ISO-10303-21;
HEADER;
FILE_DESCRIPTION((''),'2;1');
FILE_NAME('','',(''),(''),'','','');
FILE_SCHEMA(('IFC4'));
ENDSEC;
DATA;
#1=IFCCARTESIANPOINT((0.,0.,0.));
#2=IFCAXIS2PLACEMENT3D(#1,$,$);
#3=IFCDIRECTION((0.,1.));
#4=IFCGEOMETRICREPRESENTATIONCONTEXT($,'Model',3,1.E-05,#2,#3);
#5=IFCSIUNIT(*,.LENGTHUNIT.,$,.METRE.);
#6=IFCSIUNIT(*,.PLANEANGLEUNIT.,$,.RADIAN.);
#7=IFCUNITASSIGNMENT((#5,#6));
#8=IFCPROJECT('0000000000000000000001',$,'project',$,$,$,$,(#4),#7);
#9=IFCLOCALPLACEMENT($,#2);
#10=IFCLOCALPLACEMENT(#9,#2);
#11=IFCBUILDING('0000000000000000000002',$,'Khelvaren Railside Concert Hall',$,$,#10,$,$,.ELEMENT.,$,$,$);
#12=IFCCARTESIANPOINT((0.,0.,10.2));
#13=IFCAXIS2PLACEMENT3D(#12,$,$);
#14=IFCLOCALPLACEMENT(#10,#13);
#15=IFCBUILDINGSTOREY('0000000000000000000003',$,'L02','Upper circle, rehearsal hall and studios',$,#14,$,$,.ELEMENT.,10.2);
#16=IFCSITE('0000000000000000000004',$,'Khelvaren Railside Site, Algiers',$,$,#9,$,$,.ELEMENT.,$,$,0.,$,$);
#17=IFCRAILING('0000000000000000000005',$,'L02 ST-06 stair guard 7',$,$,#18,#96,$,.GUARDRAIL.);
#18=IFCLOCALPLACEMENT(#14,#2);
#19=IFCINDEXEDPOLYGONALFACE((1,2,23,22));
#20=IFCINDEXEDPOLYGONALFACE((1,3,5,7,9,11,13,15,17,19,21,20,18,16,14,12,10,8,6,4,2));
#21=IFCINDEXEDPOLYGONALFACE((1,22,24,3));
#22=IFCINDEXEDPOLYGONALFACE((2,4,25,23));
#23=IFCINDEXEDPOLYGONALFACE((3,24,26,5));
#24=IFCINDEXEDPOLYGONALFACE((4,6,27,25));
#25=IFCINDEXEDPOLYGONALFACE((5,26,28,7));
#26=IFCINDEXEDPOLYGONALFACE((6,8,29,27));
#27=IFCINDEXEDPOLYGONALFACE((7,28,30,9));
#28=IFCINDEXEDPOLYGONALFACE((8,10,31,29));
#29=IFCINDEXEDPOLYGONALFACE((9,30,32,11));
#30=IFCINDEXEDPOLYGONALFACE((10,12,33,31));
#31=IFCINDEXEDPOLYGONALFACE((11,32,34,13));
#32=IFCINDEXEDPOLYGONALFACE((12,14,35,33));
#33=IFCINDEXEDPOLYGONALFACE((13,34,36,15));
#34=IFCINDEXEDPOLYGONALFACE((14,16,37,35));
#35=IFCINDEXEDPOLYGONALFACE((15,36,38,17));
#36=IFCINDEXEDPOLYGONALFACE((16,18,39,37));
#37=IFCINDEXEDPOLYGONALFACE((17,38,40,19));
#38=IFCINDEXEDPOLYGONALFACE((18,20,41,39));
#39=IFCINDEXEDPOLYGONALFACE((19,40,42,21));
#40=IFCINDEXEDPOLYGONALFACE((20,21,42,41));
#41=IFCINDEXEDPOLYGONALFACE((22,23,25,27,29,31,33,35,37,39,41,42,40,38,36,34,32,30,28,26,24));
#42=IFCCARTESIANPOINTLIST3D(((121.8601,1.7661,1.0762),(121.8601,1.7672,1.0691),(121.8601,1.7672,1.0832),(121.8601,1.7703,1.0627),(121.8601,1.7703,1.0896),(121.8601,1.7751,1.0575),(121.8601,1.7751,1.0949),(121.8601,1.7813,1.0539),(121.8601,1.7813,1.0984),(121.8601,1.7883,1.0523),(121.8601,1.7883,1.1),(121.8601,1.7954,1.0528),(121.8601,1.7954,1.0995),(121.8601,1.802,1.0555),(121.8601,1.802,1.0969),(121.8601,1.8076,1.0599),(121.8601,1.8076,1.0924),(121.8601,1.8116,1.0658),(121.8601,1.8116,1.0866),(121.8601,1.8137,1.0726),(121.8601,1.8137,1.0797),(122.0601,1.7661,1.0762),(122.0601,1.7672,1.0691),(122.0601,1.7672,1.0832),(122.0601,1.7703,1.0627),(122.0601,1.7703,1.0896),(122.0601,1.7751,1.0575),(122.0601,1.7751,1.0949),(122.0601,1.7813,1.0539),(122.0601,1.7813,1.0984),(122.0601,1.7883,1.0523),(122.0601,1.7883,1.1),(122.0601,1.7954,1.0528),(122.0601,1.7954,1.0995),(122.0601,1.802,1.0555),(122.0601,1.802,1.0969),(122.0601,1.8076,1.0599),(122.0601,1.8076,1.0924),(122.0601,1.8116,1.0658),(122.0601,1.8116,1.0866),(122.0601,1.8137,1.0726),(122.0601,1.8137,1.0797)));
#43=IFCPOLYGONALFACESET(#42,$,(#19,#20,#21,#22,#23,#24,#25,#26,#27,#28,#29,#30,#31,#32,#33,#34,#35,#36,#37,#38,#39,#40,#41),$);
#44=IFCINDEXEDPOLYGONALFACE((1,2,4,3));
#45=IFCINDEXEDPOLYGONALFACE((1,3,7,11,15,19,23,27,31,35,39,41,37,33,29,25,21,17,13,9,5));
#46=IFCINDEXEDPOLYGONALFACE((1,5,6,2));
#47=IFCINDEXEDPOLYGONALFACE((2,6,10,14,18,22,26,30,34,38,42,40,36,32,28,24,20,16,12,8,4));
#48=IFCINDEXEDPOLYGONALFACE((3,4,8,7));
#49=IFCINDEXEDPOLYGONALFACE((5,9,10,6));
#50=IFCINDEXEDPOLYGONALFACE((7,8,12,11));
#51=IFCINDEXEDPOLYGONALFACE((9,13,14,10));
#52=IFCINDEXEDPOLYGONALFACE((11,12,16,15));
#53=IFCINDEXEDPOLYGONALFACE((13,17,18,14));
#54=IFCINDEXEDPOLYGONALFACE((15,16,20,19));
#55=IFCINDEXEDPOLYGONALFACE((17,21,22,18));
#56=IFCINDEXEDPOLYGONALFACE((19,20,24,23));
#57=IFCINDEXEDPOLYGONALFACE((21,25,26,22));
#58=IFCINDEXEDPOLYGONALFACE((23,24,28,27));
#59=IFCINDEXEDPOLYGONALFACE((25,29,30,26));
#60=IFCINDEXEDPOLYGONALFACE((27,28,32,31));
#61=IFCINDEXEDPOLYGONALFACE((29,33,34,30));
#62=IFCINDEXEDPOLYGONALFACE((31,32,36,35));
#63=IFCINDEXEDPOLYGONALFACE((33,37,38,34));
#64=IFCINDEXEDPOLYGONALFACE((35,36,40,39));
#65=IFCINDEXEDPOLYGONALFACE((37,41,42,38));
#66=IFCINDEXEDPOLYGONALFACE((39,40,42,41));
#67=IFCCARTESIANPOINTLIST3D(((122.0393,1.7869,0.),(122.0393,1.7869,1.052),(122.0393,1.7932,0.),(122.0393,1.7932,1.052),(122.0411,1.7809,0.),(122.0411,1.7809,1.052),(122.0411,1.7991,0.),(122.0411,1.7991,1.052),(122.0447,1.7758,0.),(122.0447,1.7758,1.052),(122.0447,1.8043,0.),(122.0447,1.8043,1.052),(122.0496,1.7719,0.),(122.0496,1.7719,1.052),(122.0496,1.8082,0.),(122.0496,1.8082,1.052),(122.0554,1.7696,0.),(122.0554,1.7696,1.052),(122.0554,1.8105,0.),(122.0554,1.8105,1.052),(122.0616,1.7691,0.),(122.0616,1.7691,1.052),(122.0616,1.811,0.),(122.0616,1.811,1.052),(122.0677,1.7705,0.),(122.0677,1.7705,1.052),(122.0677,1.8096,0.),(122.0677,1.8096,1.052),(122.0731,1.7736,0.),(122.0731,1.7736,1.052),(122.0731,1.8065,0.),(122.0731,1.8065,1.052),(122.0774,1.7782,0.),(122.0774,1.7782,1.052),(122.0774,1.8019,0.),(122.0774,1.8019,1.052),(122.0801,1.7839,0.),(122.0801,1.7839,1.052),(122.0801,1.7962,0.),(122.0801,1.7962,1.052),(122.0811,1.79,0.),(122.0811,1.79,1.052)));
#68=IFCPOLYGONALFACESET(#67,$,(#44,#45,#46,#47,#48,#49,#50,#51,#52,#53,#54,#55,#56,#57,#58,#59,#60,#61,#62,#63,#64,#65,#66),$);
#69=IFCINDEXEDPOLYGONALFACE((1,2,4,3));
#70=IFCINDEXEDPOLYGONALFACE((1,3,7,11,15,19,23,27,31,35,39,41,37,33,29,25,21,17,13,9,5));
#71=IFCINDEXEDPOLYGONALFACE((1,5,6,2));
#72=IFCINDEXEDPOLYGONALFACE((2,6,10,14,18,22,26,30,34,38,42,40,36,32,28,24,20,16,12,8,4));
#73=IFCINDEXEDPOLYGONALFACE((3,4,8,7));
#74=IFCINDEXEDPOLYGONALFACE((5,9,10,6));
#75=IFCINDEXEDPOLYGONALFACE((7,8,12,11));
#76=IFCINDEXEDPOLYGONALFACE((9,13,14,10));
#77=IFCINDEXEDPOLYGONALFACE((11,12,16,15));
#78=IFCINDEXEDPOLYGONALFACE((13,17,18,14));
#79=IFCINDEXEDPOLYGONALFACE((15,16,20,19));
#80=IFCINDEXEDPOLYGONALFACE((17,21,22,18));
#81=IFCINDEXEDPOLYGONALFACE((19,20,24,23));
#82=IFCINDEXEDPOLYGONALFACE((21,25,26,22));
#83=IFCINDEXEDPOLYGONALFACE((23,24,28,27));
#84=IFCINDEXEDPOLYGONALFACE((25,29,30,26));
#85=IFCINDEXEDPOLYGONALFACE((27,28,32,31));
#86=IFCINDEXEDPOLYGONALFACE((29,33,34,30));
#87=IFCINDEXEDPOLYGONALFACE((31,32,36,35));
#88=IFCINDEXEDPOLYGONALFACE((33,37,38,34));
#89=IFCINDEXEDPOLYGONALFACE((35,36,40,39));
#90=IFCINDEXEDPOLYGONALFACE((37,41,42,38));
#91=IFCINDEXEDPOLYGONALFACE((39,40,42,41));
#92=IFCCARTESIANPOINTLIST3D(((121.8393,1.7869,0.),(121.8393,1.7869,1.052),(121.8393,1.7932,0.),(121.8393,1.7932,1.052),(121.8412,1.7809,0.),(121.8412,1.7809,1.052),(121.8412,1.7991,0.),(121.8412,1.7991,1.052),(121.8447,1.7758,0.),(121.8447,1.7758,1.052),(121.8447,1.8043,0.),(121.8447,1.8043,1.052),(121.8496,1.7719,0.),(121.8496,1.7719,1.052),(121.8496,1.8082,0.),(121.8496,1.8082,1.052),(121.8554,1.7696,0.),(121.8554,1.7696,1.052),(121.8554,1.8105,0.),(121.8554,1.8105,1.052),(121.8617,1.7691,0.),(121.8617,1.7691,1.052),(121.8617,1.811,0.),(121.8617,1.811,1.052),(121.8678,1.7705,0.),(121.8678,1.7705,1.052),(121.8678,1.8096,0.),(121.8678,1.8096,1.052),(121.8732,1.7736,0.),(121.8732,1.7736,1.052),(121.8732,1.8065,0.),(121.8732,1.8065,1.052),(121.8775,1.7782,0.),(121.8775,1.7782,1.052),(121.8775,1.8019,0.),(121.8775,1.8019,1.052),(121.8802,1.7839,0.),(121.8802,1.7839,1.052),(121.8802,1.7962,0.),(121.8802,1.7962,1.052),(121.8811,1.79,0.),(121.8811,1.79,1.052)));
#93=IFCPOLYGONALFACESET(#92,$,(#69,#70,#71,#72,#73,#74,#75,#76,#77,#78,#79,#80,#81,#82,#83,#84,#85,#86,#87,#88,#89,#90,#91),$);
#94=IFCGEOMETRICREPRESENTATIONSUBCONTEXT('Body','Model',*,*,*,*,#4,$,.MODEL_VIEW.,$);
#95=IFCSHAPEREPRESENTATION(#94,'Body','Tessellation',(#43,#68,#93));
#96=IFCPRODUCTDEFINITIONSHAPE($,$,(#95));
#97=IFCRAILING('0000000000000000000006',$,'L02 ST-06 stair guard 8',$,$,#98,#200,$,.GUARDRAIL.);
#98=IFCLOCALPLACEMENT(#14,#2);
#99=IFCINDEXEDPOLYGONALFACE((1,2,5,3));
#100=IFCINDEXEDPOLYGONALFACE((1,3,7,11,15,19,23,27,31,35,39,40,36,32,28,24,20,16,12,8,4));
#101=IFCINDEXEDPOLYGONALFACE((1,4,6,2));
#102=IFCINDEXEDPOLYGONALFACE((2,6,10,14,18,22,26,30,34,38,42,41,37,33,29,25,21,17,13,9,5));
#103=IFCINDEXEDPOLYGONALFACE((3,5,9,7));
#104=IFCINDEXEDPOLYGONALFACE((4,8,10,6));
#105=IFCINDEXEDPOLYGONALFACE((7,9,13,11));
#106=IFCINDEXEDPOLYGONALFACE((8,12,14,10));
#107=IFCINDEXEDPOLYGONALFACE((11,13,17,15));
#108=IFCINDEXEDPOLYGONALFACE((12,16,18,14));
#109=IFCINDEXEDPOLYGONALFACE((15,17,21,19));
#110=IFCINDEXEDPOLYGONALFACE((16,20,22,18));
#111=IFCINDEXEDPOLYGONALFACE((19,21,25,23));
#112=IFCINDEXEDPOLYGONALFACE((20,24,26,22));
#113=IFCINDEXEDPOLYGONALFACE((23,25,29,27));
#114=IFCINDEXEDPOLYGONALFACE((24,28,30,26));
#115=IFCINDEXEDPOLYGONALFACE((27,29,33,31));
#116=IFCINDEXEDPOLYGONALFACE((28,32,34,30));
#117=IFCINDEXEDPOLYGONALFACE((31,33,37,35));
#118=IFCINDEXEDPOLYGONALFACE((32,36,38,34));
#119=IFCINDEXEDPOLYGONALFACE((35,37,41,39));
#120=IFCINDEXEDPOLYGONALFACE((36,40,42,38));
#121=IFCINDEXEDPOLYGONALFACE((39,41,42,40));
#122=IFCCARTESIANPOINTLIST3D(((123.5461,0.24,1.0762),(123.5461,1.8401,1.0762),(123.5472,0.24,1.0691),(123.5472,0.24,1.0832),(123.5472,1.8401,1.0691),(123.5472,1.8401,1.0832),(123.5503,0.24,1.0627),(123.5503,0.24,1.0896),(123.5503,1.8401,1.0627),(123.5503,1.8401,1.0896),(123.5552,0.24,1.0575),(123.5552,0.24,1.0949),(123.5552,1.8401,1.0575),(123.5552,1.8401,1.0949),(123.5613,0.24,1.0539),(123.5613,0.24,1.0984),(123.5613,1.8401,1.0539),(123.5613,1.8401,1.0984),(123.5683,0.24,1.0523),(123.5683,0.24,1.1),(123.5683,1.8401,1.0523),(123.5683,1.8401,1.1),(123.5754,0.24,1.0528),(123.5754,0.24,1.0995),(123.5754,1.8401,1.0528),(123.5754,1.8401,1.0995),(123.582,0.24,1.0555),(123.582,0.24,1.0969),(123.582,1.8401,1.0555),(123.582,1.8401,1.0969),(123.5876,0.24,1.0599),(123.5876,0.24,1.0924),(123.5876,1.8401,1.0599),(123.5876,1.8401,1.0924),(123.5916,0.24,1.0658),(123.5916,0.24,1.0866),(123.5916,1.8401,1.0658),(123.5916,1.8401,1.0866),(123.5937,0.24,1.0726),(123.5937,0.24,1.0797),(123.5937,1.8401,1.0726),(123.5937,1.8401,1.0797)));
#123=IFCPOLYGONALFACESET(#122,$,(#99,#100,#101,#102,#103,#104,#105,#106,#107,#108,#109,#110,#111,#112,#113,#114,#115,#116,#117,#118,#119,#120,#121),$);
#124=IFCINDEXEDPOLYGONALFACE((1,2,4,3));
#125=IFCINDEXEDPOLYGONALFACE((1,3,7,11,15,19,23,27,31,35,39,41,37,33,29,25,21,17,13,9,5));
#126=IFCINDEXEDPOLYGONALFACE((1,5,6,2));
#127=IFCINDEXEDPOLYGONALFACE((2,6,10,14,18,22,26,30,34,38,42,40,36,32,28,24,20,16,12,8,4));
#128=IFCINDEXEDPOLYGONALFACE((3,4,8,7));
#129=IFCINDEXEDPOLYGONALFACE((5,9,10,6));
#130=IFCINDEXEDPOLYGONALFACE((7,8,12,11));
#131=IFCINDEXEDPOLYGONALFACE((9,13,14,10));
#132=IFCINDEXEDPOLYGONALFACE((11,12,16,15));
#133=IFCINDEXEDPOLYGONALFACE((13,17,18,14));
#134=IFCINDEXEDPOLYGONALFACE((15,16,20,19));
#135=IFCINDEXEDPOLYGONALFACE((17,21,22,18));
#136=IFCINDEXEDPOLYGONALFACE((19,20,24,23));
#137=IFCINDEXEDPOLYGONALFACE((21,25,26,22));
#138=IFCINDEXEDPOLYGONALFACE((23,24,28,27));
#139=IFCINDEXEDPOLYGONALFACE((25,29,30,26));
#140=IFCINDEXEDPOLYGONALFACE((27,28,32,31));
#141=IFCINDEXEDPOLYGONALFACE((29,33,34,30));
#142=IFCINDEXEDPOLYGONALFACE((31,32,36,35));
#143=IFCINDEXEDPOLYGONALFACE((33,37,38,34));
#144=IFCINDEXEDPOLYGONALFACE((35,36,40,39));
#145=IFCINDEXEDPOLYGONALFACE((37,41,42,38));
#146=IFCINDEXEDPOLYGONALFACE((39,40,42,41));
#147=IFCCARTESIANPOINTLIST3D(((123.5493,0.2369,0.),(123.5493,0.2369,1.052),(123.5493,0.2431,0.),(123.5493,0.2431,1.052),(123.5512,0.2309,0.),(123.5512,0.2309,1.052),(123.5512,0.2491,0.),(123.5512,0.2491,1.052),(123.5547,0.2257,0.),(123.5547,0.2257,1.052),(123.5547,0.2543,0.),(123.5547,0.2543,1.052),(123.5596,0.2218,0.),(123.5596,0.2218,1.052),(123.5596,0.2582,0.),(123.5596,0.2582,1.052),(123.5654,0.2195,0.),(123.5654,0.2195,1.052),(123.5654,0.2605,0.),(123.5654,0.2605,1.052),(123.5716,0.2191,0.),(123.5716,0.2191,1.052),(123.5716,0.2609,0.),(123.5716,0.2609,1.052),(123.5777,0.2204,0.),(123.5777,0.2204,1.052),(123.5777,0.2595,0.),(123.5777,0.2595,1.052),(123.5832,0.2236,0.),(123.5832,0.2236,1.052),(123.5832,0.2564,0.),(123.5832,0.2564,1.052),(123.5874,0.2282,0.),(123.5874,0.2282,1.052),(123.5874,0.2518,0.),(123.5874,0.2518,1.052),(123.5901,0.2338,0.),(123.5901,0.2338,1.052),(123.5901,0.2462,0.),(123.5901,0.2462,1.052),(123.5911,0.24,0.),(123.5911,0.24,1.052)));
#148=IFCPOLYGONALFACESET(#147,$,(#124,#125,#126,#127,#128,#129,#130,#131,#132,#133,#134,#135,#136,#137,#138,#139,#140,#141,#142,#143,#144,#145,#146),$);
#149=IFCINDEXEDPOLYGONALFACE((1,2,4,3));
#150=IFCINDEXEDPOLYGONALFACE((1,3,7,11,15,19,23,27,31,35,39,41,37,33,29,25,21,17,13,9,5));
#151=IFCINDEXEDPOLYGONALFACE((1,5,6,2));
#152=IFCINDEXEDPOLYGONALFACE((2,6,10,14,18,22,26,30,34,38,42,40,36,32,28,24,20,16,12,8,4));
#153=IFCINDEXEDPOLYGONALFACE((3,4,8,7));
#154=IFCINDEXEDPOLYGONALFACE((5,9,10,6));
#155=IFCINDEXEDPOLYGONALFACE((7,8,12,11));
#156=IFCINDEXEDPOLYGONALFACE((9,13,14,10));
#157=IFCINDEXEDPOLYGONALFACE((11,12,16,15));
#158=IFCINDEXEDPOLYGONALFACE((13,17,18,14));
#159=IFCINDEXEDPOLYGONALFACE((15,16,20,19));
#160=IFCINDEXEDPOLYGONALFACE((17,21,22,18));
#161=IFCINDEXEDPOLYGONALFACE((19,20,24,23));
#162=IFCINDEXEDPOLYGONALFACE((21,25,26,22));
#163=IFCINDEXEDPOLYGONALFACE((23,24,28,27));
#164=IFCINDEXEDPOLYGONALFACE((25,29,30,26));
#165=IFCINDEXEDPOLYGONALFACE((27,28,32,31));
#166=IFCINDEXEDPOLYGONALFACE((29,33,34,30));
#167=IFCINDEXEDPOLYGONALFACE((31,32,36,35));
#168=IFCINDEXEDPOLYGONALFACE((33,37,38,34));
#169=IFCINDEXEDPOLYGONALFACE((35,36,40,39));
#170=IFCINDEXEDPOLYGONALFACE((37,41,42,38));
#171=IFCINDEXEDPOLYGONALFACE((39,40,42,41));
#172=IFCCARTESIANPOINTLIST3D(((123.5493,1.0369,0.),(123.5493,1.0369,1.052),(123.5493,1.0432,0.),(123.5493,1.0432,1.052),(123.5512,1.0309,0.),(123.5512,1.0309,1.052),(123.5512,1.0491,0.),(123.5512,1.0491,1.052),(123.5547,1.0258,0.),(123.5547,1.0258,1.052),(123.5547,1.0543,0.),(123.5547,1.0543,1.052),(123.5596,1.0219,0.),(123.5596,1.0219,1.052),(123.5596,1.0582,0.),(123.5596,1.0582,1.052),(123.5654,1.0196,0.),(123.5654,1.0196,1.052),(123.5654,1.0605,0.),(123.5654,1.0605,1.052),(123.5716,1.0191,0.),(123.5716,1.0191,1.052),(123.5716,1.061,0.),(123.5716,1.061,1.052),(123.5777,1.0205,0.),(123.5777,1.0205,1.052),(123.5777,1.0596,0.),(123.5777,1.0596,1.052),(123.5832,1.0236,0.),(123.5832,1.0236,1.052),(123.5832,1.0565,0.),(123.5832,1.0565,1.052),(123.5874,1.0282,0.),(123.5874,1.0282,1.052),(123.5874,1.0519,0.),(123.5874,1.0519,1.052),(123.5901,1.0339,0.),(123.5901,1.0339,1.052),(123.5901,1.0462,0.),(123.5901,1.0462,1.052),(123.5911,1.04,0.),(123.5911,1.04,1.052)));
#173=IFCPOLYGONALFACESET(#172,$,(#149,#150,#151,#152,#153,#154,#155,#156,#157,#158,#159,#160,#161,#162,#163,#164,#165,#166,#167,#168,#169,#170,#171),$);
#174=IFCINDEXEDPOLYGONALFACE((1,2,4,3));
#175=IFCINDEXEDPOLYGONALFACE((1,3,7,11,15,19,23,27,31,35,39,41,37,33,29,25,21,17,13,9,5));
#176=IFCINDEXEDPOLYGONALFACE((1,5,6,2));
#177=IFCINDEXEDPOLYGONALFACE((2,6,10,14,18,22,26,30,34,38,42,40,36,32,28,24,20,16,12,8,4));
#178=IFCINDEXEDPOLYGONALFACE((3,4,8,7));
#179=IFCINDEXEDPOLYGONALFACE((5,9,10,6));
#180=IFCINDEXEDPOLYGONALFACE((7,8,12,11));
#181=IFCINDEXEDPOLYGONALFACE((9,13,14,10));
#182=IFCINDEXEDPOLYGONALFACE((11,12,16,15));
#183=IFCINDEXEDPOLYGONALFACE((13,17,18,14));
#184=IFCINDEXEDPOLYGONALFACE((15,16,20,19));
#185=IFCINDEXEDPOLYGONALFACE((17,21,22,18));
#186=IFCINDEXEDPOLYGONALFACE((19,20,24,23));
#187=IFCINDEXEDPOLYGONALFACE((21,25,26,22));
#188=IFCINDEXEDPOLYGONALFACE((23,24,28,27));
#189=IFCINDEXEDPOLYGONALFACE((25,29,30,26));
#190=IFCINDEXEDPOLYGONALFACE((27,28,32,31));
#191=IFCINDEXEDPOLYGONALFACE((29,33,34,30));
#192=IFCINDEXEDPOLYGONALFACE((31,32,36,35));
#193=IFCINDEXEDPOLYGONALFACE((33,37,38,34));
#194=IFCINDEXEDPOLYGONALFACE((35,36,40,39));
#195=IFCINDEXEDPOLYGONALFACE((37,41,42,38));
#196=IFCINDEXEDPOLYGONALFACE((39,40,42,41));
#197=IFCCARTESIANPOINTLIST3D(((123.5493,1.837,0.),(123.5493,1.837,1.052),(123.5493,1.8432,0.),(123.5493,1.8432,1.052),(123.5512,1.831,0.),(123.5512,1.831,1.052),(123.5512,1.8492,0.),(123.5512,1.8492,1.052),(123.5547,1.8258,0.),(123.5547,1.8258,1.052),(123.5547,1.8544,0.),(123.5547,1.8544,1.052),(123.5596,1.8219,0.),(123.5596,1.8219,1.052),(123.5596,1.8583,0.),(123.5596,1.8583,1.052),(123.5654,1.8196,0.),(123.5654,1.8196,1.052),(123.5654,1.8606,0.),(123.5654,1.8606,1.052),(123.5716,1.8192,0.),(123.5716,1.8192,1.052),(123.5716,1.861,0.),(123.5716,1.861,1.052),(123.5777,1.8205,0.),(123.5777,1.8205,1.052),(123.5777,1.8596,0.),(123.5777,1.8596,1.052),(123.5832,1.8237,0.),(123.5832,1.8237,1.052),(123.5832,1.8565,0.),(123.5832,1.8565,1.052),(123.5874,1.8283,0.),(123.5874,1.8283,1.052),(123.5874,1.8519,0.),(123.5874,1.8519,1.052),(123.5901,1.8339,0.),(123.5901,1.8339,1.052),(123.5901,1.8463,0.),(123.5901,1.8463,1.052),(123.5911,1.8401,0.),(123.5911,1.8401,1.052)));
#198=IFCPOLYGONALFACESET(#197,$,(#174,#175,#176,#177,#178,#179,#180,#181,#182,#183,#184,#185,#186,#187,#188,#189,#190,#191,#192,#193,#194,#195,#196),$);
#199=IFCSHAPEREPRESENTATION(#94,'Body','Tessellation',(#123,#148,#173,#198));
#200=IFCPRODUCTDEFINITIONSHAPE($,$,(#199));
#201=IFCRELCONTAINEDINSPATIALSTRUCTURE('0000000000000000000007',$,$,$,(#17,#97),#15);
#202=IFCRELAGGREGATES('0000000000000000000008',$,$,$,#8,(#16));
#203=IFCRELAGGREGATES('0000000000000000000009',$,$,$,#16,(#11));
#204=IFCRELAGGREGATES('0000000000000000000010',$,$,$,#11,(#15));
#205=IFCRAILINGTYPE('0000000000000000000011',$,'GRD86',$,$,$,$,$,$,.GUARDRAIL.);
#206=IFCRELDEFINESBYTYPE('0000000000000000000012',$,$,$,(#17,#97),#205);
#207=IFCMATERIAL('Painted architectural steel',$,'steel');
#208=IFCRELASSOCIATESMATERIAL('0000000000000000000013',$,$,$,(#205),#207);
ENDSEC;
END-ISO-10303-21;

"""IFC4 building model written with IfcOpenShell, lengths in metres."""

from ifc_helpers import new_model, si_unit, direction, frame, origin, origin_2d, place, context, subcontext, project, spatial, circle, extrude, material, type_object, element, save


model = new_model("IFC4")

# Units and contexts
model_context = context("Model", 3, precision=1e-05, world=origin(), true_north=direction((0.0, 1.0)))
body_context = subcontext(model_context, "Body", "Model", "MODEL_VIEW")
ifc_project = project(units=[si_unit("LENGTHUNIT", "METRE"), si_unit("PLANEANGLEUNIT", "RADIAN")], contexts=[model_context])

# Site, building, storey
site_placement = place(None, origin())
site = spatial("IfcSite", under=ifc_project, at=site_placement, Name="Khelvaren Railside Site, Algiers", CompositionType="ELEMENT", RefElevation=0.0)
building_placement = place(site_placement, origin())
building = spatial("IfcBuilding", under=site, at=building_placement, Name="Khelvaren Railside Concert Hall", CompositionType="ELEMENT")
storey_placement = place(building_placement, frame((0.0, 0.0, 10.2)))
storey = spatial("IfcBuildingStorey", under=building, at=storey_placement, Name="L02", Description="Upper circle, rehearsal hall and studios", CompositionType="ELEMENT", Elevation=10.2)

# Railings
ifc_material_1 = material(Name="Painted architectural steel", Category="steel")
railing_type = type_object("IfcRailingType", Name="GRD86", PredefinedType="GUARDRAIL", material=ifc_material_1)
railing_1_placement = place(storey_placement, frame((122.0601, 1.79, 0.0)))
element("IfcRailing", 1, at=railing_1_placement, inside=storey, type_object=railing_type, Name="L02 ST-06 stair guard 7", PredefinedType="GUARDRAIL", context=body_context, shape_type="SweptSolid", body=[
    extrude(circle(Radius=0.0239, at=origin_2d()), frame((0.0, 0.0, 1.0762), z_axis=(-1.0, 0.0, 0.0), x_axis=(0.0, -1.0, 0.0)), (0.0, 0.0, 1.0), 0.2),
    extrude(circle(Radius=0.021, at=origin_2d()), origin(), (0.0, 0.0, 1.0), 1.052),
    extrude(circle(Radius=0.021, at=origin_2d()), frame((-0.2, 0.0, 0.0)), (0.0, 0.0, 1.0), 1.052),
])
for number, where, name in (
    (2, (123.5701, 0.24, 0.0), "L02 ST-06 stair guard 8"),
):
    element("IfcRailing", number, at=place(storey_placement, frame(where)), inside=storey, type_object=railing_type, Name=name, PredefinedType="GUARDRAIL", context=body_context, shape_type="SweptSolid", body=[
        extrude(circle(Radius=0.0239, at=origin_2d()), frame((0.0, 0.0, 1.0762), z_axis=(0.0, 1.0, 0.0), x_axis=(-1.0, 0.0, 0.0)), (0.0, 0.0, 1.0), 1.6001),
        extrude(circle(Radius=0.021, at=origin_2d()), origin(), (0.0, 0.0, 1.0), 1.052),
        extrude(circle(Radius=0.021, at=origin_2d()), frame((0.0, 0.8, 0.0)), (0.0, 0.0, 1.0), 1.052),
        extrude(circle(Radius=0.021, at=origin_2d()), frame((0.0, 1.6001, 0.0)), (0.0, 0.0, 1.0), 1.052),
    ])

save(model, "model.ifc")
